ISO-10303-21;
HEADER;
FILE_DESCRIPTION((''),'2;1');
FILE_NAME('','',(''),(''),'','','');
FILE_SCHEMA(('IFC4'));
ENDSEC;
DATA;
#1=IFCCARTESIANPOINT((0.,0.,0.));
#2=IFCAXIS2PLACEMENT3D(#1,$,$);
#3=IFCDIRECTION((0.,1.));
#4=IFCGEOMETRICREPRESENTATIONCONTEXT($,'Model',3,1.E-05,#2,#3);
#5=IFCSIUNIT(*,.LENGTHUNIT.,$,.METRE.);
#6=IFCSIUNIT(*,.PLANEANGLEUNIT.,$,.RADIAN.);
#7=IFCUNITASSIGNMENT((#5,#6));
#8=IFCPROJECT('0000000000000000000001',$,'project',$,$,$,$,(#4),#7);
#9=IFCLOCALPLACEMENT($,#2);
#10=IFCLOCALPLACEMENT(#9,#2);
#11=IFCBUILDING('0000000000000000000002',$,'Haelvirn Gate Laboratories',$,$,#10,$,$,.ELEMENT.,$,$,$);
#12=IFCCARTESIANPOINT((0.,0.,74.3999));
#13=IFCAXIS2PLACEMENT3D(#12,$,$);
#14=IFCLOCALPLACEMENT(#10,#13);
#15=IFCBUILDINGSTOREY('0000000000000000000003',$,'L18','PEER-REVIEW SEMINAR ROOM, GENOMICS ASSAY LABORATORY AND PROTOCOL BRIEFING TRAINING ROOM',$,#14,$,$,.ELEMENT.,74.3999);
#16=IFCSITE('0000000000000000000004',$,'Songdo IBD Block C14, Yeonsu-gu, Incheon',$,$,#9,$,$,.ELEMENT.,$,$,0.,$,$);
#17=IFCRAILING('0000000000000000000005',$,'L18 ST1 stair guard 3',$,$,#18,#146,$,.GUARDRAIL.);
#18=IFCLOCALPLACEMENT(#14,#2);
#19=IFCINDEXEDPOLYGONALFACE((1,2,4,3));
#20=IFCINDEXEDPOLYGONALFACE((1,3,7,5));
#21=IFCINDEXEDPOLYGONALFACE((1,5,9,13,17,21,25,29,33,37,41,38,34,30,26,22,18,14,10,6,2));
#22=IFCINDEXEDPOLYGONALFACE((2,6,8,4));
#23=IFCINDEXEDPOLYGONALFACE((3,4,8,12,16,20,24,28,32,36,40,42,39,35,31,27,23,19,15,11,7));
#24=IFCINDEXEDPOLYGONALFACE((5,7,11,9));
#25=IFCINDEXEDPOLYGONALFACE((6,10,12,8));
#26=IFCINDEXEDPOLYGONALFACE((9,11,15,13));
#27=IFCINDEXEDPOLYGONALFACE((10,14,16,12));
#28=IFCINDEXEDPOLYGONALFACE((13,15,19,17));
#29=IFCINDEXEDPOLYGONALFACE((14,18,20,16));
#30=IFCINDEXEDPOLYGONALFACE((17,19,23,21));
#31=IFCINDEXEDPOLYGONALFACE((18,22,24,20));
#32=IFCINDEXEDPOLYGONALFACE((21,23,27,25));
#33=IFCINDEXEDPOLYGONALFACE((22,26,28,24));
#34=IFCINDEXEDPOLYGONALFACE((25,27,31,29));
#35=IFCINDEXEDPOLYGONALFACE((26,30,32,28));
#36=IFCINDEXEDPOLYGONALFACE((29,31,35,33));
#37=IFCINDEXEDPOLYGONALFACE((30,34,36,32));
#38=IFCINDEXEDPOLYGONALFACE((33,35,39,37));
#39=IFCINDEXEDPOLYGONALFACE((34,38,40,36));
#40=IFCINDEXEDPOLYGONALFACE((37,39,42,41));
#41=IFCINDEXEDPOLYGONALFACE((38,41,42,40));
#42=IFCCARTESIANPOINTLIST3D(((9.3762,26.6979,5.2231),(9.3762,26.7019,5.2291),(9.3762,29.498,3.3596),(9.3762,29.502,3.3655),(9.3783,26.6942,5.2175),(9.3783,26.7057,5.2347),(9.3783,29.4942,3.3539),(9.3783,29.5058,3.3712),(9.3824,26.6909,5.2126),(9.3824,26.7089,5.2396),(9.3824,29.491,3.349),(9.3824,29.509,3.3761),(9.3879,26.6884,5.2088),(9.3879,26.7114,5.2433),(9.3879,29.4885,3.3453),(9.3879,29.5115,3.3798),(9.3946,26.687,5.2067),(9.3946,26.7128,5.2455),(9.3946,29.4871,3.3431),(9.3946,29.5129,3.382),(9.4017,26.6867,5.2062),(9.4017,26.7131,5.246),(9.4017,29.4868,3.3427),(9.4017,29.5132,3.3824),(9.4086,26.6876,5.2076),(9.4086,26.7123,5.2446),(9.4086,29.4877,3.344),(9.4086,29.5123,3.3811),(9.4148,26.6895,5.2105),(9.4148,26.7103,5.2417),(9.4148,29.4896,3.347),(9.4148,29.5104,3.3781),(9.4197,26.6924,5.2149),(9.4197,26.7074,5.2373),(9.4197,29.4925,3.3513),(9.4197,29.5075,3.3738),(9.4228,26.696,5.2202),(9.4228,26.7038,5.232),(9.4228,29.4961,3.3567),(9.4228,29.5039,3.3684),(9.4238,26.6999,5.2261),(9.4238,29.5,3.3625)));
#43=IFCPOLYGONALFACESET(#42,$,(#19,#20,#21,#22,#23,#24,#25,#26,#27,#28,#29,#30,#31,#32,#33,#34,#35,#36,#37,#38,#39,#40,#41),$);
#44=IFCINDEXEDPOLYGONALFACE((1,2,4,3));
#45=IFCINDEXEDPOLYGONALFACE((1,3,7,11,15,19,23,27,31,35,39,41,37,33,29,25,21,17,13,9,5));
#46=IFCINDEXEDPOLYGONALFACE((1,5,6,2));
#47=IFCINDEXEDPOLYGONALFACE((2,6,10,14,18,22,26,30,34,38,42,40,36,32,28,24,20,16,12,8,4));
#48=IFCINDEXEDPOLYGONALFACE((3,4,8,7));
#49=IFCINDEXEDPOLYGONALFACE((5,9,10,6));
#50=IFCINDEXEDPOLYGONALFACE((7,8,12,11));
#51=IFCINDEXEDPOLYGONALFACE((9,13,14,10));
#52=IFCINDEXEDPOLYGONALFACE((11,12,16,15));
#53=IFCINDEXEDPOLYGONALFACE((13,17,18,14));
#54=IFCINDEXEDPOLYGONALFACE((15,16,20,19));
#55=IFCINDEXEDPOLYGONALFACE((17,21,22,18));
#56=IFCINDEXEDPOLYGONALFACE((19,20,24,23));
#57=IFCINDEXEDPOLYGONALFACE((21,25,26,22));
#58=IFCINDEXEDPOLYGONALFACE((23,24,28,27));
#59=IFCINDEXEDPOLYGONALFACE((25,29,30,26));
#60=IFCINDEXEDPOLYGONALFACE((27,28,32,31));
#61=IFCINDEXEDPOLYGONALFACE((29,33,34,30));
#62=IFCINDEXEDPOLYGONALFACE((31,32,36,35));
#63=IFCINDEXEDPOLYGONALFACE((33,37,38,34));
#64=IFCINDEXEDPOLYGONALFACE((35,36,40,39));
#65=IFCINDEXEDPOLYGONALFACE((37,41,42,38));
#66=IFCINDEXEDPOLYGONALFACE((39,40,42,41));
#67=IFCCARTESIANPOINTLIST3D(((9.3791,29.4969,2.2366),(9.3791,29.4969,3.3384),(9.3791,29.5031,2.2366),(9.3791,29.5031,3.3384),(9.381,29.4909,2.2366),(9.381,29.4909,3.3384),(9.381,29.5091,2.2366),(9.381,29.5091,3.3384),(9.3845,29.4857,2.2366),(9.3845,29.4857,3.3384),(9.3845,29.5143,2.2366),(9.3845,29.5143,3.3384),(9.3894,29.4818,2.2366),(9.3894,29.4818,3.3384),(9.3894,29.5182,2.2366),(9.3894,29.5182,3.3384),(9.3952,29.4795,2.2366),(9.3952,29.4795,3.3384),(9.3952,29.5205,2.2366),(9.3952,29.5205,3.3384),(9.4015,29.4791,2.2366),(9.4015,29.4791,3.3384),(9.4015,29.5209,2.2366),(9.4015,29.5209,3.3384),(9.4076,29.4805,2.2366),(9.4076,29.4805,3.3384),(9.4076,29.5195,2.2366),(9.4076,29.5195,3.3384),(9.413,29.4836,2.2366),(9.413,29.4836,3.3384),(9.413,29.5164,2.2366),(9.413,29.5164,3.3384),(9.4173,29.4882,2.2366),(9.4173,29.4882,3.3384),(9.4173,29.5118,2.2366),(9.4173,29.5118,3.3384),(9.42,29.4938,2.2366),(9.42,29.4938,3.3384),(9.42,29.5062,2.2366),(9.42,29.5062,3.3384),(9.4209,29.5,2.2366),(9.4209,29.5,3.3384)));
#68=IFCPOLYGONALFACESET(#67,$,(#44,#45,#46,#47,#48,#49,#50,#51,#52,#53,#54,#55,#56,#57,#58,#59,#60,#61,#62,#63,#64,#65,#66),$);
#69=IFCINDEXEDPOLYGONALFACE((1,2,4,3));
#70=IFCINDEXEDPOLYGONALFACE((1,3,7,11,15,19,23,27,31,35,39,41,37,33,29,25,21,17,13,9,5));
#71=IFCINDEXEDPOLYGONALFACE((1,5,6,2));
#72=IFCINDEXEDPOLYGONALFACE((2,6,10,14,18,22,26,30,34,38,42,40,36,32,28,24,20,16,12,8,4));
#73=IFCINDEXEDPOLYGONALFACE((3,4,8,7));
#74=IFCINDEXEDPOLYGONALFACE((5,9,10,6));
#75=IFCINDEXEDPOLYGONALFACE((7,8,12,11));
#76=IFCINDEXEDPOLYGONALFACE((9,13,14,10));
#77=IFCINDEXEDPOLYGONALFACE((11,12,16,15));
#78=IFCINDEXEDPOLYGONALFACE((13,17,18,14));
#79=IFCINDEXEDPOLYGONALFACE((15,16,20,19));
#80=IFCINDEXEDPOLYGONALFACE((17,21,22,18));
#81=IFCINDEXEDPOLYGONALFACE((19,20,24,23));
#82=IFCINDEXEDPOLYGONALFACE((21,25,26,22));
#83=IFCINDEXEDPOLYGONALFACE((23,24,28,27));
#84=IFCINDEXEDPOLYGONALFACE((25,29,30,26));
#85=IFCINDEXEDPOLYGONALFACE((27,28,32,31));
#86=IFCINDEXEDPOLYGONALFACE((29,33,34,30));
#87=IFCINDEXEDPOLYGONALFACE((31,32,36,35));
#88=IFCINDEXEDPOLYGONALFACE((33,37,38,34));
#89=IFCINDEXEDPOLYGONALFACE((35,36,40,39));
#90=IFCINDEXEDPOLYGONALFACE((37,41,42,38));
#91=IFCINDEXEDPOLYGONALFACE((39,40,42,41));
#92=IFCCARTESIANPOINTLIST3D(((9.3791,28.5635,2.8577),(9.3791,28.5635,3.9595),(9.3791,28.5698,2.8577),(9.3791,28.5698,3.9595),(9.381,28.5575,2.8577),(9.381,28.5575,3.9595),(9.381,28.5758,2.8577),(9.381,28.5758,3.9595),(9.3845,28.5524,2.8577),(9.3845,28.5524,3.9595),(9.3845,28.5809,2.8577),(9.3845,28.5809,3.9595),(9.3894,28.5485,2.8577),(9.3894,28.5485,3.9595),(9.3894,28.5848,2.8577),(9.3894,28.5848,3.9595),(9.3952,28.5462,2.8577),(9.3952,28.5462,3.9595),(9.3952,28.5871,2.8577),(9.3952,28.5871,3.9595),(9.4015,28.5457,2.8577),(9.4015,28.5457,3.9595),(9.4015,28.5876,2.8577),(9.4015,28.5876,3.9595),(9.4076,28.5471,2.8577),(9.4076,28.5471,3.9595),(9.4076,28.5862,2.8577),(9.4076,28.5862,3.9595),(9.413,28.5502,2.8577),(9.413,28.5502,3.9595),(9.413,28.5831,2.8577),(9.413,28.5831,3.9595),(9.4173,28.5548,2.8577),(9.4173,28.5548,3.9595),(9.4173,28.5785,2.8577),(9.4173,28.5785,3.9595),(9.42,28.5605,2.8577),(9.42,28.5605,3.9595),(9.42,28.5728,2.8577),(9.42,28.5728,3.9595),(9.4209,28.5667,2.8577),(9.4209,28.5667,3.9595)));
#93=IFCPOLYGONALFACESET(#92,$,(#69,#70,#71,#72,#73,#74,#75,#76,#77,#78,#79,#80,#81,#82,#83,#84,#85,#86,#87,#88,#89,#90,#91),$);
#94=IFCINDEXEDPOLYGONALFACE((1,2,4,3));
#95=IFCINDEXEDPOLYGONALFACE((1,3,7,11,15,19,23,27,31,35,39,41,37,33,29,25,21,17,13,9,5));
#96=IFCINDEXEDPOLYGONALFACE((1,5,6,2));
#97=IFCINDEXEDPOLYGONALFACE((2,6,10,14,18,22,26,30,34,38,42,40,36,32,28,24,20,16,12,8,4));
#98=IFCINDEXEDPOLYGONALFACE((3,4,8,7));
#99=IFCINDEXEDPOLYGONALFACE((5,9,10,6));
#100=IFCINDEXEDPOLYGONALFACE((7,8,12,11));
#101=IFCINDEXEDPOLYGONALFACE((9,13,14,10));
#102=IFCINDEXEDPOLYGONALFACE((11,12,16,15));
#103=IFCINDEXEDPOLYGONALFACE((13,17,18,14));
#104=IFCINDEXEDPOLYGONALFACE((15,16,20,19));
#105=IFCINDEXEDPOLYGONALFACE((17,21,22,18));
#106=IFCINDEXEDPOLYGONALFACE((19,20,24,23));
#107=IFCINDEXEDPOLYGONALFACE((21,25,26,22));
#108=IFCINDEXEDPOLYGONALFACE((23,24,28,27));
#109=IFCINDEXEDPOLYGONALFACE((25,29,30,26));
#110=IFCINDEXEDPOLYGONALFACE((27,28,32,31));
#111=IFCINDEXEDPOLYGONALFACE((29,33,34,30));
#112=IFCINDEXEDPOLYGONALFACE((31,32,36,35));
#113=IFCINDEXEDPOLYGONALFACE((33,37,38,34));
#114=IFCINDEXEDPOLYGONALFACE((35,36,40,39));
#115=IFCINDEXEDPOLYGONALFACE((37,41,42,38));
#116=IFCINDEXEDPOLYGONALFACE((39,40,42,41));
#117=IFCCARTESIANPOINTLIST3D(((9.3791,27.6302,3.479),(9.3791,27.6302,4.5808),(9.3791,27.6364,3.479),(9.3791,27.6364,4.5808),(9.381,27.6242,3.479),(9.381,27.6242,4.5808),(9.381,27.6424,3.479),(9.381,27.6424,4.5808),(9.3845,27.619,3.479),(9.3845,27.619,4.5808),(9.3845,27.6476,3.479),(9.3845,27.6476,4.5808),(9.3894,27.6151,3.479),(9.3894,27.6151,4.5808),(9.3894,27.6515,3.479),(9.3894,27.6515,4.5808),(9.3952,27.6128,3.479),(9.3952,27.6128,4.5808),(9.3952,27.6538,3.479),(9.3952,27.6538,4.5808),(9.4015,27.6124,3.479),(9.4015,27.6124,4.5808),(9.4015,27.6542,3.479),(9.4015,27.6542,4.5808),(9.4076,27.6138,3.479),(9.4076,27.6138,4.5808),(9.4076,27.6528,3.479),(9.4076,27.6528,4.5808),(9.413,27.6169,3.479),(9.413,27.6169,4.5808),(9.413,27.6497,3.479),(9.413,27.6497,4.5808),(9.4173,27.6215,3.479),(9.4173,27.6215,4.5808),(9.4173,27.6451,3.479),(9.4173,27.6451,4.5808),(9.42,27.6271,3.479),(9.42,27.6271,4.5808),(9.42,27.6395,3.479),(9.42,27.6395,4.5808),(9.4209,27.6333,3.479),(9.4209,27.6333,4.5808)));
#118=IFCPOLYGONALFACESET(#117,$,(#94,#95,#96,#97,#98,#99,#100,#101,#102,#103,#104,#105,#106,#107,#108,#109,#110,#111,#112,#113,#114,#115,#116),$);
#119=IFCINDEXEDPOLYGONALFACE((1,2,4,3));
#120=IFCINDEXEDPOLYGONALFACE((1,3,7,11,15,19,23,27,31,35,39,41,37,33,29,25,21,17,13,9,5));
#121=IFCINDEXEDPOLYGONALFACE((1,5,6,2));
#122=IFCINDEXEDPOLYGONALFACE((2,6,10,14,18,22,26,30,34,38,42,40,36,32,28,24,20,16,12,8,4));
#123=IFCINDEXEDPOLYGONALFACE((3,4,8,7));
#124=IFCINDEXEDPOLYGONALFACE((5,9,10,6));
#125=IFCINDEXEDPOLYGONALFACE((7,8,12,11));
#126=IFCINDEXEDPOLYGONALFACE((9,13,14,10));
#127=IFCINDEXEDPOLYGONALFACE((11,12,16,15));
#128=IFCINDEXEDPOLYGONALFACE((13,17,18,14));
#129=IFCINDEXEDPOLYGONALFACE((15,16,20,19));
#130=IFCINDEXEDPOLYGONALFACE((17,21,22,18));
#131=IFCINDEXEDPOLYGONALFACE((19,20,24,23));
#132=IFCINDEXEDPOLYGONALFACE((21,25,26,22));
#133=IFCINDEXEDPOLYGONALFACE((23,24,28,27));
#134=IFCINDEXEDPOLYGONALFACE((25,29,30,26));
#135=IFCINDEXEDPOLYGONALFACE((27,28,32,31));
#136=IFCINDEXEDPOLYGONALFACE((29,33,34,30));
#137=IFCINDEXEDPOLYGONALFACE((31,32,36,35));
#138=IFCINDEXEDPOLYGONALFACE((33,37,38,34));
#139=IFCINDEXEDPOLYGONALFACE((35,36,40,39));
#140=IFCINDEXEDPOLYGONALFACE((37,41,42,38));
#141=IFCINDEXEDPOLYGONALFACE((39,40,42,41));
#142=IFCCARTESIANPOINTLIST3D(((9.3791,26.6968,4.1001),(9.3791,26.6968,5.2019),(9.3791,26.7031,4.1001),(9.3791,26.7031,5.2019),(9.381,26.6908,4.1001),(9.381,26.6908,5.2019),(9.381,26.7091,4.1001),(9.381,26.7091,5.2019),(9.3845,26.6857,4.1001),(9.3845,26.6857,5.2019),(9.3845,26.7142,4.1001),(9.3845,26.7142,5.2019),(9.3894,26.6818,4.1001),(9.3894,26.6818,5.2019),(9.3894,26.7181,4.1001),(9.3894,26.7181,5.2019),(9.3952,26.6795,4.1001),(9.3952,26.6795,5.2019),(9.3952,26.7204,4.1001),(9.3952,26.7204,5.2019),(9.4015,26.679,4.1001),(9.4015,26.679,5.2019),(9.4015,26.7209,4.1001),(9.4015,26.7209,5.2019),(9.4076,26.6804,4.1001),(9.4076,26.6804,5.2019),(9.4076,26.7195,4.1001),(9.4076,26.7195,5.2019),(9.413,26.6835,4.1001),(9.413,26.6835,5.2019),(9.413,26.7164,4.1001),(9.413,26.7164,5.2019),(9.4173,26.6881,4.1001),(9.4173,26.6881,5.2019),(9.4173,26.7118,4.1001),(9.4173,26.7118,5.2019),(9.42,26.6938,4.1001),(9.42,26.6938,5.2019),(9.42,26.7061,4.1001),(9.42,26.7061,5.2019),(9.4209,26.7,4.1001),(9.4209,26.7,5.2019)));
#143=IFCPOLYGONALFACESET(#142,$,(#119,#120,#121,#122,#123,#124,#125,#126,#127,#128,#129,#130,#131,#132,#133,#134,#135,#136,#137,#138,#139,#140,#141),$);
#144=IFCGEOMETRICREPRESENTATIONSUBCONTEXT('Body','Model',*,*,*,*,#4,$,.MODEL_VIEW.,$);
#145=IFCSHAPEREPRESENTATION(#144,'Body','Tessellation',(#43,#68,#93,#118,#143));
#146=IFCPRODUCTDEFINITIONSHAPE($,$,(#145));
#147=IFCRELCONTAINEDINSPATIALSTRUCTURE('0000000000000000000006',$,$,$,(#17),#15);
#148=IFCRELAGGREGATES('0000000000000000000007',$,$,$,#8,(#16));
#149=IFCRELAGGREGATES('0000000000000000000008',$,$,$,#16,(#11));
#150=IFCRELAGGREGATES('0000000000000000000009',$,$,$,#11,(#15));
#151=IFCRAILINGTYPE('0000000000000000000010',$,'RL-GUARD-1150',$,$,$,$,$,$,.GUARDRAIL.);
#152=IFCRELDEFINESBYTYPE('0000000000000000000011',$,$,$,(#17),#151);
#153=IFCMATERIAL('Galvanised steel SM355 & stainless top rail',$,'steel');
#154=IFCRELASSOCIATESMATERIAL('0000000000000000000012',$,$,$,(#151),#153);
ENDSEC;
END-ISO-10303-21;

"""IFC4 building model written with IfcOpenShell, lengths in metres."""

from ifc_helpers import new_model, si_unit, direction, frame, origin, origin_2d, place, context, subcontext, project, spatial, circle, extrude, source, transform, mapped, material, type_object, element, save


model = new_model("IFC4")

# Units and contexts
model_context = context("Model", 3, precision=1e-05, world=origin(), true_north=direction((0.0, 1.0)))
body_context = subcontext(model_context, "Body", "Model", "MODEL_VIEW")
ifc_project = project(units=[si_unit("LENGTHUNIT", "METRE"), si_unit("PLANEANGLEUNIT", "RADIAN")], contexts=[model_context])

# Site, building, storey
site_placement = place(None, origin())
site = spatial("IfcSite", under=ifc_project, at=site_placement, Name="Songdo IBD Block C14, Yeonsu-gu, Incheon", CompositionType="ELEMENT", RefElevation=0.0)
building_placement = place(site_placement, origin())
building = spatial("IfcBuilding", under=site, at=building_placement, Name="Haelvirn Gate Laboratories", CompositionType="ELEMENT")
storey_placement = place(building_placement, frame((0.0, 0.0, 74.3999)))
storey = spatial("IfcBuildingStorey", under=building, at=storey_placement, Name="L18", Description="PEER-REVIEW SEMINAR ROOM, GENOMICS ASSAY LABORATORY AND PROTOCOL BRIEFING TRAINING ROOM", CompositionType="ELEMENT", Elevation=74.3999)

# Railing
ifc_material_1 = material(Name="Galvanised steel SM355 & stainless top rail", Category="steel")
railing_type_1 = type_object("IfcRailingType", Name="RL-GUARD-1150", PredefinedType="GUARDRAIL", material=ifc_material_1)
shared_shape_1 = source(origin(), body_context, "Body", "SweptSolid", [
    extrude(circle(Radius=0.0239, at=origin_2d()), frame((0.0, 0.0, 1.126), z_axis=(0.0, -0.832486, 0.554047), x_axis=(1.0, 0.0, 0.0)), (0.0, 0.0, 1.0), 3.3635),
    extrude(circle(Radius=0.021, at=origin_2d()), origin(), (0.0, 0.0, 1.0), 1.1018),
    extrude(circle(Radius=0.021, at=origin_2d()), frame((0.0, -0.9333, 0.6211)), (0.0, 0.0, 1.0), 1.1018),
    extrude(circle(Radius=0.021, at=origin_2d()), frame((0.0, -1.8667, 1.2424)), (0.0, 0.0, 1.0), 1.1018),
    extrude(circle(Radius=0.021, at=origin_2d()), frame((0.0, -2.8, 1.8635)), (0.0, 0.0, 1.0), 1.1018),
])
railing_1_placement = place(storey_placement, frame((9.3999, 29.5, 2.2366)))
element("IfcRailing", 1, at=railing_1_placement, inside=storey, type_object=railing_type_1, Name="L18 ST1 stair guard 3", PredefinedType="GUARDRAIL", context=body_context, shape_type="MappedRepresentation", body=[
    mapped(shared_shape_1, transform((0.0, 0.0, 0.0), scale=1.0)),
])

save(model, "model.ifc")
